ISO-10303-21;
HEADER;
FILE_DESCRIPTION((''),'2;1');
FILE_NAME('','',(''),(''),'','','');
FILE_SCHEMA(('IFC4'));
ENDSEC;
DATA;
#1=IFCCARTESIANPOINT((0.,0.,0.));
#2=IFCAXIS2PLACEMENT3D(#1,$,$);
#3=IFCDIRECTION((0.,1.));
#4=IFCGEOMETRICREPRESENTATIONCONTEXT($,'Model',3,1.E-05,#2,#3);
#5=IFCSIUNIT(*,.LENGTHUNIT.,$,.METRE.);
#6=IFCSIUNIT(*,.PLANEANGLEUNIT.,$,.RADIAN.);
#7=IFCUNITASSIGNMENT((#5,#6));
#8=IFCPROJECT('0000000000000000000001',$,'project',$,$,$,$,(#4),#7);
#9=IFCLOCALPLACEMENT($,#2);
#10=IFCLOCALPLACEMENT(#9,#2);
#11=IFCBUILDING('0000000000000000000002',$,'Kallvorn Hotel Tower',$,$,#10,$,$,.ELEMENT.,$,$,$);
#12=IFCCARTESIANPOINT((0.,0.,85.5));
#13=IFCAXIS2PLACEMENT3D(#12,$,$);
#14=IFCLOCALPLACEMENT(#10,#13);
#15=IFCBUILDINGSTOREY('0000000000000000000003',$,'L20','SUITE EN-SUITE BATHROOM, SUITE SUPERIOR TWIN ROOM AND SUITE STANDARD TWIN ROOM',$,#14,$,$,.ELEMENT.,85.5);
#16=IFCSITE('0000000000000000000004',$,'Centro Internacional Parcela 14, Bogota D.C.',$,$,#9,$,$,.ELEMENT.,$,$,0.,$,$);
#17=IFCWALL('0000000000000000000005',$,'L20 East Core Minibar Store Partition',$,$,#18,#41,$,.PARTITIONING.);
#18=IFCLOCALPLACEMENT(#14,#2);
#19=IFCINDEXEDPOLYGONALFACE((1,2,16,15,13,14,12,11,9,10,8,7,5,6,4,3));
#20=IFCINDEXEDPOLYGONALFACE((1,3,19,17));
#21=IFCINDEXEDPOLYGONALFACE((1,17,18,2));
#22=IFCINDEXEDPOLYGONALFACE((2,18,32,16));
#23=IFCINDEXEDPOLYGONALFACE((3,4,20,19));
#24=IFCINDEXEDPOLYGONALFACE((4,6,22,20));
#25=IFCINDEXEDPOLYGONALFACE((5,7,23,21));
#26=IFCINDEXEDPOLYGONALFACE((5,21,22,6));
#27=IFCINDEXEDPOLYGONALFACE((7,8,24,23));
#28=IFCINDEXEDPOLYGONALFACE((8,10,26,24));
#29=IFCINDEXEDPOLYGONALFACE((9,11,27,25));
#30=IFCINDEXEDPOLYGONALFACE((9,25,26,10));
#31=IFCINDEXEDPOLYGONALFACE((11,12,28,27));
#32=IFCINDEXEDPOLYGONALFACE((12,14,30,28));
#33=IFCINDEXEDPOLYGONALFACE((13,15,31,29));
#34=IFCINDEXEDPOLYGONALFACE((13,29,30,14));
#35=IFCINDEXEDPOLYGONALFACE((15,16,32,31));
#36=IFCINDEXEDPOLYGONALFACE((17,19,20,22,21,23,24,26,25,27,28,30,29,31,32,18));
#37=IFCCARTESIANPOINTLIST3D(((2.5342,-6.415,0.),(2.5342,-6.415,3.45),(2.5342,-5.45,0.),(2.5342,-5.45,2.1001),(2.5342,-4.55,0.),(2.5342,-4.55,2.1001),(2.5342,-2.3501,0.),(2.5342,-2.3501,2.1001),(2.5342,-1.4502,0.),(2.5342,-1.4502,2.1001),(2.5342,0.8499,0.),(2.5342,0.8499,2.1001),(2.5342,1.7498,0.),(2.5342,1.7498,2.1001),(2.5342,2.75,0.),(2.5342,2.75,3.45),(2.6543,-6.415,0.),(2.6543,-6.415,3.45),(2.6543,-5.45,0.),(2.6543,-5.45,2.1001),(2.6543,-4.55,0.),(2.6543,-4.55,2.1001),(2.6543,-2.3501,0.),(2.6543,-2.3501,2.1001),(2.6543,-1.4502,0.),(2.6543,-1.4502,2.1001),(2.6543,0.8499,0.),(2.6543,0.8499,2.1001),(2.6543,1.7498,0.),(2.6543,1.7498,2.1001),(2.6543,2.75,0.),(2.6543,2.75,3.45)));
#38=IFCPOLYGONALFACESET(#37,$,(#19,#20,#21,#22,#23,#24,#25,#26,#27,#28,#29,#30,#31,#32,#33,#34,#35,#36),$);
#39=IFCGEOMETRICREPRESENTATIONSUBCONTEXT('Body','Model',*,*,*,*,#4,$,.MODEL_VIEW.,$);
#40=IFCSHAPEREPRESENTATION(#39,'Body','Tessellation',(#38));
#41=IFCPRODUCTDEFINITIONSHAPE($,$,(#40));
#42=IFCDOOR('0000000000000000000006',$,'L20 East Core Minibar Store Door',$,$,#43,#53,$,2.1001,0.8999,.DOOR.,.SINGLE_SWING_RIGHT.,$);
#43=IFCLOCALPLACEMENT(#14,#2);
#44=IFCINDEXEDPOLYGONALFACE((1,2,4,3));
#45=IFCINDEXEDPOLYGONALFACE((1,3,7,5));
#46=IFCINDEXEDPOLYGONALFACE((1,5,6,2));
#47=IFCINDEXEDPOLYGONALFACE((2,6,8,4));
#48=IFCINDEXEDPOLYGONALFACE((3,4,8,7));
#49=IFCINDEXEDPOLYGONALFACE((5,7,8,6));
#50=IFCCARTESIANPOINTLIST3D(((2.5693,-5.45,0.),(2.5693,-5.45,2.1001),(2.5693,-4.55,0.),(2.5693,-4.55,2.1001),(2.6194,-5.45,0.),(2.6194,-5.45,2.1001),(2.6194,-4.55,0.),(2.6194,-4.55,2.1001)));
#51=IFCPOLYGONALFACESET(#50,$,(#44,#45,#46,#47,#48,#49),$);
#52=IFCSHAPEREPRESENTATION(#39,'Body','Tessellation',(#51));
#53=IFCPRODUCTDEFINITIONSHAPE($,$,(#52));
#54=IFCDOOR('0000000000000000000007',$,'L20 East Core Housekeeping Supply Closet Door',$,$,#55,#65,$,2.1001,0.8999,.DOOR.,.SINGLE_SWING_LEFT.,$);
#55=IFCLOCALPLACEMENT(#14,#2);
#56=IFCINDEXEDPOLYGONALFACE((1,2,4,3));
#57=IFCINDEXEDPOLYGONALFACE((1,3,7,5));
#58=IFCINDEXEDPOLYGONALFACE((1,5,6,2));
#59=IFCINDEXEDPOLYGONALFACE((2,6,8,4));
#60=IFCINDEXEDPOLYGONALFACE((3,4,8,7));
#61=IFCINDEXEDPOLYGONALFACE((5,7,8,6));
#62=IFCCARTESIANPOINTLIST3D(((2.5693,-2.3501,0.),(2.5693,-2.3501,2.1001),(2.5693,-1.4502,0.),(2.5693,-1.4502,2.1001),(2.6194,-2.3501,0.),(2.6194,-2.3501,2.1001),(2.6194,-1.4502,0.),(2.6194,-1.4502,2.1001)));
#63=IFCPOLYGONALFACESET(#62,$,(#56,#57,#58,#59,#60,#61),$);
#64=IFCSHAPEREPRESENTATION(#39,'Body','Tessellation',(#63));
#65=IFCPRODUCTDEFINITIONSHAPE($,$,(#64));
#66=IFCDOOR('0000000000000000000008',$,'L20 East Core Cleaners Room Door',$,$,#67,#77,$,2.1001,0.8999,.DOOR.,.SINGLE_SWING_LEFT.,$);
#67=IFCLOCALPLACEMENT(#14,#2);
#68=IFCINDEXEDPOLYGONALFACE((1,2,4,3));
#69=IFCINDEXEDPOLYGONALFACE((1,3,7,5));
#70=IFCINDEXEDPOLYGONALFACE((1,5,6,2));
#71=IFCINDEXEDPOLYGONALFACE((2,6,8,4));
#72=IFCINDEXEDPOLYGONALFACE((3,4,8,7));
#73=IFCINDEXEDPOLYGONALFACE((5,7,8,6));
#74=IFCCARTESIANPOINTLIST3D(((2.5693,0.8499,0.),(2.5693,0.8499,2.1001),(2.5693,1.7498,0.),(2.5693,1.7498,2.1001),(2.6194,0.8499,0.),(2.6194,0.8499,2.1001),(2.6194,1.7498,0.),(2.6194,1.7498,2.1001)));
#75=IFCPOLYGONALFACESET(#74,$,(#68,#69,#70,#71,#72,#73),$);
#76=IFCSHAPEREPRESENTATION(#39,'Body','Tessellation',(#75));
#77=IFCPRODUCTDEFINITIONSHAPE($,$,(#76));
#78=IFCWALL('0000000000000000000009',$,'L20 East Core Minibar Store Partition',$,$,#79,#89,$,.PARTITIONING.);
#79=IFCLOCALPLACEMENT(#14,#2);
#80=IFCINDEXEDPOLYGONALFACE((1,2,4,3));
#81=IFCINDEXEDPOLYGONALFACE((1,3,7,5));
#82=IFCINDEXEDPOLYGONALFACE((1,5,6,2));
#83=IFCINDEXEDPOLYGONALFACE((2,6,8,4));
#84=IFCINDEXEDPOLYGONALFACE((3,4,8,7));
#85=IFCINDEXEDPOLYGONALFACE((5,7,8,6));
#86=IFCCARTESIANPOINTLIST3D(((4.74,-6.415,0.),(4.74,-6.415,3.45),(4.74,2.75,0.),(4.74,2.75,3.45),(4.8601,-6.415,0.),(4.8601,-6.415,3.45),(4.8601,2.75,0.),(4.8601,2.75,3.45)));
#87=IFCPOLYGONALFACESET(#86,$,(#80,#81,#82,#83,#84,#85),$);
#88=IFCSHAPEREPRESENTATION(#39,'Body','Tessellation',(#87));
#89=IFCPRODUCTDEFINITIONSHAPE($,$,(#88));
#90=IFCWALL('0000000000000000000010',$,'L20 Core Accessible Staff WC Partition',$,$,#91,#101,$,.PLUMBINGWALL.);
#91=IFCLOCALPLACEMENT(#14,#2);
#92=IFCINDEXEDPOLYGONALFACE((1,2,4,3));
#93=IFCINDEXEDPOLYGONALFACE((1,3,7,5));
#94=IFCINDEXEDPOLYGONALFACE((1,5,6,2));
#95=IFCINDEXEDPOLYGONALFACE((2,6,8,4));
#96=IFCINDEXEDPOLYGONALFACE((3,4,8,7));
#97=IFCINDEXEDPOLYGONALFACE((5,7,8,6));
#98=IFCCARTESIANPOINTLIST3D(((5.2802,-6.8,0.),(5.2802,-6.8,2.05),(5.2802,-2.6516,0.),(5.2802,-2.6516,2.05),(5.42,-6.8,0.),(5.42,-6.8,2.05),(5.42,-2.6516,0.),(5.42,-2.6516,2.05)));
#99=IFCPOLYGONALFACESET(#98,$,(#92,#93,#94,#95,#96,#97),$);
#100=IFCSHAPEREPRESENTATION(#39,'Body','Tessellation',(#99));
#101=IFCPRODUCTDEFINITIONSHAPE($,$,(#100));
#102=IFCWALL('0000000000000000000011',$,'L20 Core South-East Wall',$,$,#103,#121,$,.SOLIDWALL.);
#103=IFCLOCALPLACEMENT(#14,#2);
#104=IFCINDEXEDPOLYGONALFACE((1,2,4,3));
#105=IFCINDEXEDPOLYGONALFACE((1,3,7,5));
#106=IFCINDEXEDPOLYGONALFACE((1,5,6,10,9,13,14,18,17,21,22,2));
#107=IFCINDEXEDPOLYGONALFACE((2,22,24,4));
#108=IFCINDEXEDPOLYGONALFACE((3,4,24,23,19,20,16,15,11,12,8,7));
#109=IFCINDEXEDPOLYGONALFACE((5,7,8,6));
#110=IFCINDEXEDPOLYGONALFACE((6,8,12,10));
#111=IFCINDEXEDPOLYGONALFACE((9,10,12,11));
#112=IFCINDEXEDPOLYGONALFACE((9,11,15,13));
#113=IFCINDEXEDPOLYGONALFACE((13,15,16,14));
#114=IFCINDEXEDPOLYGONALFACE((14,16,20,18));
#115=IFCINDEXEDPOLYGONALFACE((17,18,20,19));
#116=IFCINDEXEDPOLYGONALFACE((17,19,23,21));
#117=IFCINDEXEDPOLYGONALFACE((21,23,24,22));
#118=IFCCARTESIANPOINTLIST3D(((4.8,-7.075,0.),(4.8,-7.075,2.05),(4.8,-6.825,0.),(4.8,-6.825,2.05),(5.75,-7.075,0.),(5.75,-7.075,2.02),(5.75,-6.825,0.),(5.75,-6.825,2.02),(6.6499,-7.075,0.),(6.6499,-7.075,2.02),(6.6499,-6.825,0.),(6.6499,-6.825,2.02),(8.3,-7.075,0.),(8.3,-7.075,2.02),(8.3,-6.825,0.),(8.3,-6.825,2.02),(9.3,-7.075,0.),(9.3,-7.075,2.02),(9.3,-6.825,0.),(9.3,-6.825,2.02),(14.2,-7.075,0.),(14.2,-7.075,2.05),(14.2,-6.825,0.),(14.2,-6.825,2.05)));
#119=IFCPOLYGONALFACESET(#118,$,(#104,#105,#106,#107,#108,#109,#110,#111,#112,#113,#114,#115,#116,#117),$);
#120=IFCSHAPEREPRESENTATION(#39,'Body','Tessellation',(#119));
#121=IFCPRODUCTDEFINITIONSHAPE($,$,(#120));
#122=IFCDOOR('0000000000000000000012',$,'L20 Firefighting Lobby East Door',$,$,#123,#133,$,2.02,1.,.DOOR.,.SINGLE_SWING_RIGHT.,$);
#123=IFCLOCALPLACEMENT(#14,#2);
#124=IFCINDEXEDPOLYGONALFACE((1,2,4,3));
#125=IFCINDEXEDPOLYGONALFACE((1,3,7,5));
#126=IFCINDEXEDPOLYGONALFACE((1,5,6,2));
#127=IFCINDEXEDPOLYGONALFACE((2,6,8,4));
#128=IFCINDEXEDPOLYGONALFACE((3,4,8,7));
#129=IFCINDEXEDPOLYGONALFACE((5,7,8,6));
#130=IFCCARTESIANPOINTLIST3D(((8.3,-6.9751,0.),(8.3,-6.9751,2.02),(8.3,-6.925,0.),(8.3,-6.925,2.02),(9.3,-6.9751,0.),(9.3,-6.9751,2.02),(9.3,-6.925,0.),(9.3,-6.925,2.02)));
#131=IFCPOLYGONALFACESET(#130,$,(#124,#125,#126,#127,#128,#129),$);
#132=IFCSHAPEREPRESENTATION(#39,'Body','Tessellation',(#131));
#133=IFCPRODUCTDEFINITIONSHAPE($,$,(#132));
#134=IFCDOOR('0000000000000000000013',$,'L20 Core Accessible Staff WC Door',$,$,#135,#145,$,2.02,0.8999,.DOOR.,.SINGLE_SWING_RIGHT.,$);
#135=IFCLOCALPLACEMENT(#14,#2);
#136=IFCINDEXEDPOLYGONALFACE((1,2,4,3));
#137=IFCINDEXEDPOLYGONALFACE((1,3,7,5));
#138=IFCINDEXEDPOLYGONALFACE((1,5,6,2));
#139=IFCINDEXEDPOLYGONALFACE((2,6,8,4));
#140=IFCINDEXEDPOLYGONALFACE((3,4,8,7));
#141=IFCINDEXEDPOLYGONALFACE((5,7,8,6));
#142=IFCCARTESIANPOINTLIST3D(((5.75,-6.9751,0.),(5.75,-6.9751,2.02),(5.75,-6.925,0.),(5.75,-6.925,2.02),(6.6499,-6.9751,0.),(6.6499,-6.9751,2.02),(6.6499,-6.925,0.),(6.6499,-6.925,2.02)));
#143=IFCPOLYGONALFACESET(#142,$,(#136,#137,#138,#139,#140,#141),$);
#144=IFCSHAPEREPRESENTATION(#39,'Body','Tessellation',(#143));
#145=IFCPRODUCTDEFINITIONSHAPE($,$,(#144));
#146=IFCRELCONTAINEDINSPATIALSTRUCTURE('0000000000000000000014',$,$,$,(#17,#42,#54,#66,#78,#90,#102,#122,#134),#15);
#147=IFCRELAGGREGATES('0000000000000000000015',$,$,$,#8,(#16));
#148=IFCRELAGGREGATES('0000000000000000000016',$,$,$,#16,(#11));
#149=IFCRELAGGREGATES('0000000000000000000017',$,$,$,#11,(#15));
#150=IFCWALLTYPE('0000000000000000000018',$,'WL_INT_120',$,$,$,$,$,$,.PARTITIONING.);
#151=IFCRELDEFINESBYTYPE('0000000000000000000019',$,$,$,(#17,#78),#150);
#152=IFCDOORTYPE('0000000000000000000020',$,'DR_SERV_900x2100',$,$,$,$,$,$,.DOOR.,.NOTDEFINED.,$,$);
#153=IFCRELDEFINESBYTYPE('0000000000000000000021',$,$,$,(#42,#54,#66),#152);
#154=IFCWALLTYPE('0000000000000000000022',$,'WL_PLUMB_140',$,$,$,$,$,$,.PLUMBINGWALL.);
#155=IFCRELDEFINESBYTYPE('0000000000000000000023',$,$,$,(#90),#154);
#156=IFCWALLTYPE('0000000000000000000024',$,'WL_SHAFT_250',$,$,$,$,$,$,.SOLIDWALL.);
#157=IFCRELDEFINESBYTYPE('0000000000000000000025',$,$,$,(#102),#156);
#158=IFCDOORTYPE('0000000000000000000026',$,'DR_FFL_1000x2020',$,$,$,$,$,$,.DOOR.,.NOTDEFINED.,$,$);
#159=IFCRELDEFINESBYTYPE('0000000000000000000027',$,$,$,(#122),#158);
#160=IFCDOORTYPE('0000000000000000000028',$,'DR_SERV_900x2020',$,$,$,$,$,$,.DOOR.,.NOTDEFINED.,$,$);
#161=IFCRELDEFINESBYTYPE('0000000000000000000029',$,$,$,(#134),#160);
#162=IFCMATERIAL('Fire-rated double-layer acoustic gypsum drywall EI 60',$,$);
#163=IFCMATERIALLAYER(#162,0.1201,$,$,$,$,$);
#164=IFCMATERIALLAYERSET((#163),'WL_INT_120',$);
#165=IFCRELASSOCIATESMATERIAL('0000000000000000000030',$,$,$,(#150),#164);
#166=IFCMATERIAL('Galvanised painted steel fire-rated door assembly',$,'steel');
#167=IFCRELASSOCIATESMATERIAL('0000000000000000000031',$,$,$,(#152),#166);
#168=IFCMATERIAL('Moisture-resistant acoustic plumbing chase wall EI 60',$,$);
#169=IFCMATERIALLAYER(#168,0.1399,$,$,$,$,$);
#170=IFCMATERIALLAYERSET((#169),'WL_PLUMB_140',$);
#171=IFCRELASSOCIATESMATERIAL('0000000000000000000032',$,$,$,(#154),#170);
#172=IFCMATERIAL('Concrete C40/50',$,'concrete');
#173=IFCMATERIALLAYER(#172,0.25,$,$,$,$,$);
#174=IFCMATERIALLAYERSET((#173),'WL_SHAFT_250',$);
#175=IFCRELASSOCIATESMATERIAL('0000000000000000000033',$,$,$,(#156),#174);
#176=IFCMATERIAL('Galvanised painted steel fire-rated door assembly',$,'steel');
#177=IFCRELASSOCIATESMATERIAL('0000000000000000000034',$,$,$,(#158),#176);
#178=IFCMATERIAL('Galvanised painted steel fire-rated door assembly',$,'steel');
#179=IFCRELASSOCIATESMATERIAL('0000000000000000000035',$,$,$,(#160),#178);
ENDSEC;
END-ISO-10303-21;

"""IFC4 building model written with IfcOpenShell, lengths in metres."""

from ifc_helpers import new_model, si_unit, direction, frame, frame_2d, origin, place, context, subcontext, project, spatial, rectangle, extrude, material, layer, layer_set, type_object, element, fill, save


model = new_model("IFC4")

# Units and contexts
model_context = context("Model", 3, precision=1e-05, world=origin(), true_north=direction((0.0, 1.0)))
body_context = subcontext(model_context, "Body", "Model", "MODEL_VIEW")
ifc_project = project(units=[si_unit("LENGTHUNIT", "METRE"), si_unit("PLANEANGLEUNIT", "RADIAN")], contexts=[model_context])

# Site, building, storey
site_placement = place(None, origin())
site = spatial("IfcSite", under=ifc_project, at=site_placement, Name="Centro Internacional Parcela 14, Bogota D.C.", CompositionType="ELEMENT", RefElevation=0.0)
building_placement = place(site_placement, origin())
building = spatial("IfcBuilding", under=site, at=building_placement, Name="Kallvorn Hotel Tower", CompositionType="ELEMENT")
storey_placement = place(building_placement, frame((0.0, 0.0, 85.5)))
storey = spatial("IfcBuildingStorey", under=building, at=storey_placement, Name="L20", Description="SUITE EN-SUITE BATHROOM, SUITE SUPERIOR TWIN ROOM AND SUITE STANDARD TWIN ROOM", CompositionType="ELEMENT", Elevation=85.5)

# Shared definitions
ifc_material_1 = material(Name="Fire-rated double-layer acoustic gypsum drywall EI 60")
ifc_layer_1 = layer(ifc_material_1, 0.1201)
ifc_layer_set_1 = layer_set([ifc_layer_1], Name="WL_INT_120")
wall_type_1 = type_object("IfcWallType", Name="WL_INT_120", PredefinedType="PARTITIONING", material=ifc_layer_set_1)

# Wall, openings, doors
wall_1_placement = place(storey_placement, frame((2.5942, -6.415, 0.0), z_axis=(0.0, 0.0, 1.0), x_axis=(0.0, 1.0, 0.0)))
wall_1 = element("IfcWall", 1, at=wall_1_placement, inside=storey, type_object=wall_type_1, Name="L20 East Core Minibar Store Partition", PredefinedType="PARTITIONING", context=body_context, shape_type="SweptSolid", body=[
    extrude(rectangle(XDim=9.165, YDim=0.1201, at=frame_2d((4.5825, 0.0))), origin(), (0.0, 0.0, 1.0), 3.45),
])
opening_1_placement = place(wall_1_placement, frame((0.9651, 0.0, 0.0)))
opening_1 = element("IfcOpeningElement", 2, at=opening_1_placement, cuts=wall_1, PredefinedType="OPENING", context=body_context, shape_type="SweptSolid", body=[
    extrude(rectangle(XDim=0.8999, YDim=2.1001, at=frame_2d((0.45, 1.05))), frame((0.0, 0.075, 0.0), z_axis=(0.0, -1.0, 0.0), x_axis=(1.0, 0.0, 0.0)), (0.0, 0.0, 1.0), 0.1501),
])
opening_2_placement = place(wall_1_placement, frame((4.0649, 0.0, 0.0)))
opening_2 = element("IfcOpeningElement", 3, at=opening_2_placement, cuts=wall_1, PredefinedType="OPENING", context=body_context, shape_type="SweptSolid", body=[
    extrude(rectangle(XDim=0.8999, YDim=2.1001, at=frame_2d((0.45, 1.05))), frame((0.0, 0.075, 0.0), z_axis=(0.0, -1.0, 0.0), x_axis=(1.0, 0.0, 0.0)), (0.0, 0.0, 1.0), 0.1501),
])
opening_3_placement = place(wall_1_placement, frame((7.2649, 0.0, 0.0)))
opening_3 = element("IfcOpeningElement", 4, at=opening_3_placement, cuts=wall_1, PredefinedType="OPENING", context=body_context, shape_type="SweptSolid", body=[
    extrude(rectangle(XDim=0.8999, YDim=2.1001, at=frame_2d((0.45, 1.05))), frame((0.0, 0.075, 0.0), z_axis=(0.0, -1.0, 0.0), x_axis=(1.0, 0.0, 0.0)), (0.0, 0.0, 1.0), 0.1501),
])
ifc_material_2 = material(Name="Galvanised painted steel fire-rated door assembly", Category="steel")
door_type_1 = type_object("IfcDoorType", Name="DR_SERV_900x2100", OperationType="NOTDEFINED", PredefinedType="DOOR", material=ifc_material_2)
door_1_placement = place(opening_1_placement, origin())
door_1 = element("IfcDoor", 5, at=door_1_placement, inside=storey, type_object=door_type_1, Name="L20 East Core Minibar Store Door", OperationType="SINGLE_SWING_RIGHT", OverallHeight=2.1001, OverallWidth=0.8999, PredefinedType="DOOR", context=body_context, shape_type="SweptSolid", body=[
    extrude(rectangle(XDim=0.8999, YDim=2.1001, at=frame_2d((0.45, 1.05))), frame((0.0, 0.0249, 0.0), z_axis=(0.0, -1.0, 0.0), x_axis=(1.0, 0.0, 0.0)), (0.0, 0.0, 1.0), 0.05),
])
fill(opening_1, door_1)
door_2_placement = place(opening_2_placement, origin())
door_2 = element("IfcDoor", 6, at=door_2_placement, inside=storey, type_object=door_type_1, Name="L20 East Core Housekeeping Supply Closet Door", OperationType="SINGLE_SWING_LEFT", OverallHeight=2.1001, OverallWidth=0.8999, PredefinedType="DOOR", context=body_context, shape_type="SweptSolid", body=[
    extrude(rectangle(XDim=0.8999, YDim=2.1001, at=frame_2d((0.45, 1.05))), frame((0.0, 0.0249, 0.0), z_axis=(0.0, -1.0, 0.0), x_axis=(1.0, 0.0, 0.0)), (0.0, 0.0, 1.0), 0.05),
])
fill(opening_2, door_2)
door_3_placement = place(opening_3_placement, origin())
door_3 = element("IfcDoor", 7, at=door_3_placement, inside=storey, type_object=door_type_1, Name="L20 East Core Cleaners Room Door", OperationType="SINGLE_SWING_LEFT", OverallHeight=2.1001, OverallWidth=0.8999, PredefinedType="DOOR", context=body_context, shape_type="SweptSolid", body=[
    extrude(rectangle(XDim=0.8999, YDim=2.1001, at=frame_2d((0.45, 1.05))), frame((0.0, 0.0249, 0.0), z_axis=(0.0, -1.0, 0.0), x_axis=(1.0, 0.0, 0.0)), (0.0, 0.0, 1.0), 0.05),
])
fill(opening_3, door_3)

# Walls
wall_2_placement = place(storey_placement, frame((4.8, -6.415, 0.0), z_axis=(0.0, 0.0, 1.0), x_axis=(0.0, 1.0, 0.0)))
element("IfcWall", 8, at=wall_2_placement, inside=storey, type_object=wall_type_1, Name="L20 East Core Minibar Store Partition", PredefinedType="PARTITIONING", context=body_context, shape_type="SweptSolid", body=[
    extrude(rectangle(XDim=9.165, YDim=0.1201, at=frame_2d((4.5825, 0.0))), origin(), (0.0, 0.0, 1.0), 3.45),
])
ifc_material_3 = material(Name="Moisture-resistant acoustic plumbing chase wall EI 60")
ifc_layer_2 = layer(ifc_material_3, 0.1399)
ifc_layer_set_2 = layer_set([ifc_layer_2], Name="WL_PLUMB_140")
wall_type_2 = type_object("IfcWallType", Name="WL_PLUMB_140", PredefinedType="PLUMBINGWALL", material=ifc_layer_set_2)
wall_3_placement = place(storey_placement, frame((5.3501, -6.8, 0.0), z_axis=(0.0, 0.0, 1.0), x_axis=(0.0, 1.0, 0.0)))
element("IfcWall", 9, at=wall_3_placement, inside=storey, type_object=wall_type_2, Name="L20 Core Accessible Staff WC Partition", PredefinedType="PLUMBINGWALL", context=body_context, shape_type="SweptSolid", body=[
    extrude(rectangle(XDim=4.1484, YDim=0.1399, at=frame_2d((2.0742, 0.0))), origin(), (0.0, 0.0, 1.0), 2.05),
])

# Wall, openings, doors
ifc_material_4 = material(Name="Concrete C40/50", Category="concrete")
ifc_layer_3 = layer(ifc_material_4, 0.25)
ifc_layer_set_3 = layer_set([ifc_layer_3], Name="WL_SHAFT_250")
wall_type_3 = type_object("IfcWallType", Name="WL_SHAFT_250", PredefinedType="SOLIDWALL", material=ifc_layer_set_3)
wall_4_placement = place(storey_placement, frame((4.8, -6.95, 0.0), z_axis=(0.0, 0.0, 1.0), x_axis=(1.0, 0.0, 0.0)))
wall_4 = element("IfcWall", 10, at=wall_4_placement, inside=storey, type_object=wall_type_3, Name="L20 Core South-East Wall", PredefinedType="SOLIDWALL", context=body_context, shape_type="SweptSolid", body=[
    extrude(rectangle(XDim=9.3999, YDim=0.25, at=frame_2d((4.7, 0.0))), origin(), (0.0, 0.0, 1.0), 2.05),
])
opening_4_placement = place(wall_4_placement, frame((3.5, 0.0, 0.0)))
opening_4 = element("IfcOpeningElement", 11, at=opening_4_placement, cuts=wall_4, PredefinedType="OPENING", context=body_context, shape_type="SweptSolid", body=[
    extrude(rectangle(XDim=1.0, YDim=2.02, at=frame_2d((0.5, 1.01))), frame((0.0, 0.1399, 0.0), z_axis=(0.0, -1.0, 0.0), x_axis=(1.0, 0.0, 0.0)), (0.0, 0.0, 1.0), 0.28),
])
opening_5_placement = place(wall_4_placement, frame((0.95, 0.0, 0.0)))
opening_5 = element("IfcOpeningElement", 12, at=opening_5_placement, cuts=wall_4, PredefinedType="OPENING", context=body_context, shape_type="SweptSolid", body=[
    extrude(rectangle(XDim=0.8999, YDim=2.02, at=frame_2d((0.45, 1.01))), frame((0.0, 0.1399, 0.0), z_axis=(0.0, -1.0, 0.0), x_axis=(1.0, 0.0, 0.0)), (0.0, 0.0, 1.0), 0.28),
])
ifc_material_5 = material(Name="Galvanised painted steel fire-rated door assembly", Category="steel")
door_type_2 = type_object("IfcDoorType", Name="DR_FFL_1000x2020", OperationType="NOTDEFINED", PredefinedType="DOOR", material=ifc_material_5)
door_4_placement = place(opening_4_placement, origin())
door_4 = element("IfcDoor", 13, at=door_4_placement, inside=storey, type_object=door_type_2, Name="L20 Firefighting Lobby East Door", OperationType="SINGLE_SWING_RIGHT", OverallHeight=2.02, OverallWidth=1.0, PredefinedType="DOOR", context=body_context, shape_type="SweptSolid", body=[
    extrude(rectangle(XDim=1.0, YDim=2.02, at=frame_2d((0.5, 1.01))), frame((0.0, 0.0249, 0.0), z_axis=(0.0, -1.0, 0.0), x_axis=(1.0, 0.0, 0.0)), (0.0, 0.0, 1.0), 0.05),
])
fill(opening_4, door_4)
ifc_material_6 = material(Name="Galvanised painted steel fire-rated door assembly", Category="steel")
door_type_3 = type_object("IfcDoorType", Name="DR_SERV_900x2020", OperationType="NOTDEFINED", PredefinedType="DOOR", material=ifc_material_6)
door_5_placement = place(opening_5_placement, origin())
door_5 = element("IfcDoor", 14, at=door_5_placement, inside=storey, type_object=door_type_3, Name="L20 Core Accessible Staff WC Door", OperationType="SINGLE_SWING_RIGHT", OverallHeight=2.02, OverallWidth=0.8999, PredefinedType="DOOR", context=body_context, shape_type="SweptSolid", body=[
    extrude(rectangle(XDim=0.8999, YDim=2.02, at=frame_2d((0.45, 1.01))), frame((0.0, 0.0249, 0.0), z_axis=(0.0, -1.0, 0.0), x_axis=(1.0, 0.0, 0.0)), (0.0, 0.0, 1.0), 0.05),
])
fill(opening_5, door_5)

save(model, "model.ifc")
